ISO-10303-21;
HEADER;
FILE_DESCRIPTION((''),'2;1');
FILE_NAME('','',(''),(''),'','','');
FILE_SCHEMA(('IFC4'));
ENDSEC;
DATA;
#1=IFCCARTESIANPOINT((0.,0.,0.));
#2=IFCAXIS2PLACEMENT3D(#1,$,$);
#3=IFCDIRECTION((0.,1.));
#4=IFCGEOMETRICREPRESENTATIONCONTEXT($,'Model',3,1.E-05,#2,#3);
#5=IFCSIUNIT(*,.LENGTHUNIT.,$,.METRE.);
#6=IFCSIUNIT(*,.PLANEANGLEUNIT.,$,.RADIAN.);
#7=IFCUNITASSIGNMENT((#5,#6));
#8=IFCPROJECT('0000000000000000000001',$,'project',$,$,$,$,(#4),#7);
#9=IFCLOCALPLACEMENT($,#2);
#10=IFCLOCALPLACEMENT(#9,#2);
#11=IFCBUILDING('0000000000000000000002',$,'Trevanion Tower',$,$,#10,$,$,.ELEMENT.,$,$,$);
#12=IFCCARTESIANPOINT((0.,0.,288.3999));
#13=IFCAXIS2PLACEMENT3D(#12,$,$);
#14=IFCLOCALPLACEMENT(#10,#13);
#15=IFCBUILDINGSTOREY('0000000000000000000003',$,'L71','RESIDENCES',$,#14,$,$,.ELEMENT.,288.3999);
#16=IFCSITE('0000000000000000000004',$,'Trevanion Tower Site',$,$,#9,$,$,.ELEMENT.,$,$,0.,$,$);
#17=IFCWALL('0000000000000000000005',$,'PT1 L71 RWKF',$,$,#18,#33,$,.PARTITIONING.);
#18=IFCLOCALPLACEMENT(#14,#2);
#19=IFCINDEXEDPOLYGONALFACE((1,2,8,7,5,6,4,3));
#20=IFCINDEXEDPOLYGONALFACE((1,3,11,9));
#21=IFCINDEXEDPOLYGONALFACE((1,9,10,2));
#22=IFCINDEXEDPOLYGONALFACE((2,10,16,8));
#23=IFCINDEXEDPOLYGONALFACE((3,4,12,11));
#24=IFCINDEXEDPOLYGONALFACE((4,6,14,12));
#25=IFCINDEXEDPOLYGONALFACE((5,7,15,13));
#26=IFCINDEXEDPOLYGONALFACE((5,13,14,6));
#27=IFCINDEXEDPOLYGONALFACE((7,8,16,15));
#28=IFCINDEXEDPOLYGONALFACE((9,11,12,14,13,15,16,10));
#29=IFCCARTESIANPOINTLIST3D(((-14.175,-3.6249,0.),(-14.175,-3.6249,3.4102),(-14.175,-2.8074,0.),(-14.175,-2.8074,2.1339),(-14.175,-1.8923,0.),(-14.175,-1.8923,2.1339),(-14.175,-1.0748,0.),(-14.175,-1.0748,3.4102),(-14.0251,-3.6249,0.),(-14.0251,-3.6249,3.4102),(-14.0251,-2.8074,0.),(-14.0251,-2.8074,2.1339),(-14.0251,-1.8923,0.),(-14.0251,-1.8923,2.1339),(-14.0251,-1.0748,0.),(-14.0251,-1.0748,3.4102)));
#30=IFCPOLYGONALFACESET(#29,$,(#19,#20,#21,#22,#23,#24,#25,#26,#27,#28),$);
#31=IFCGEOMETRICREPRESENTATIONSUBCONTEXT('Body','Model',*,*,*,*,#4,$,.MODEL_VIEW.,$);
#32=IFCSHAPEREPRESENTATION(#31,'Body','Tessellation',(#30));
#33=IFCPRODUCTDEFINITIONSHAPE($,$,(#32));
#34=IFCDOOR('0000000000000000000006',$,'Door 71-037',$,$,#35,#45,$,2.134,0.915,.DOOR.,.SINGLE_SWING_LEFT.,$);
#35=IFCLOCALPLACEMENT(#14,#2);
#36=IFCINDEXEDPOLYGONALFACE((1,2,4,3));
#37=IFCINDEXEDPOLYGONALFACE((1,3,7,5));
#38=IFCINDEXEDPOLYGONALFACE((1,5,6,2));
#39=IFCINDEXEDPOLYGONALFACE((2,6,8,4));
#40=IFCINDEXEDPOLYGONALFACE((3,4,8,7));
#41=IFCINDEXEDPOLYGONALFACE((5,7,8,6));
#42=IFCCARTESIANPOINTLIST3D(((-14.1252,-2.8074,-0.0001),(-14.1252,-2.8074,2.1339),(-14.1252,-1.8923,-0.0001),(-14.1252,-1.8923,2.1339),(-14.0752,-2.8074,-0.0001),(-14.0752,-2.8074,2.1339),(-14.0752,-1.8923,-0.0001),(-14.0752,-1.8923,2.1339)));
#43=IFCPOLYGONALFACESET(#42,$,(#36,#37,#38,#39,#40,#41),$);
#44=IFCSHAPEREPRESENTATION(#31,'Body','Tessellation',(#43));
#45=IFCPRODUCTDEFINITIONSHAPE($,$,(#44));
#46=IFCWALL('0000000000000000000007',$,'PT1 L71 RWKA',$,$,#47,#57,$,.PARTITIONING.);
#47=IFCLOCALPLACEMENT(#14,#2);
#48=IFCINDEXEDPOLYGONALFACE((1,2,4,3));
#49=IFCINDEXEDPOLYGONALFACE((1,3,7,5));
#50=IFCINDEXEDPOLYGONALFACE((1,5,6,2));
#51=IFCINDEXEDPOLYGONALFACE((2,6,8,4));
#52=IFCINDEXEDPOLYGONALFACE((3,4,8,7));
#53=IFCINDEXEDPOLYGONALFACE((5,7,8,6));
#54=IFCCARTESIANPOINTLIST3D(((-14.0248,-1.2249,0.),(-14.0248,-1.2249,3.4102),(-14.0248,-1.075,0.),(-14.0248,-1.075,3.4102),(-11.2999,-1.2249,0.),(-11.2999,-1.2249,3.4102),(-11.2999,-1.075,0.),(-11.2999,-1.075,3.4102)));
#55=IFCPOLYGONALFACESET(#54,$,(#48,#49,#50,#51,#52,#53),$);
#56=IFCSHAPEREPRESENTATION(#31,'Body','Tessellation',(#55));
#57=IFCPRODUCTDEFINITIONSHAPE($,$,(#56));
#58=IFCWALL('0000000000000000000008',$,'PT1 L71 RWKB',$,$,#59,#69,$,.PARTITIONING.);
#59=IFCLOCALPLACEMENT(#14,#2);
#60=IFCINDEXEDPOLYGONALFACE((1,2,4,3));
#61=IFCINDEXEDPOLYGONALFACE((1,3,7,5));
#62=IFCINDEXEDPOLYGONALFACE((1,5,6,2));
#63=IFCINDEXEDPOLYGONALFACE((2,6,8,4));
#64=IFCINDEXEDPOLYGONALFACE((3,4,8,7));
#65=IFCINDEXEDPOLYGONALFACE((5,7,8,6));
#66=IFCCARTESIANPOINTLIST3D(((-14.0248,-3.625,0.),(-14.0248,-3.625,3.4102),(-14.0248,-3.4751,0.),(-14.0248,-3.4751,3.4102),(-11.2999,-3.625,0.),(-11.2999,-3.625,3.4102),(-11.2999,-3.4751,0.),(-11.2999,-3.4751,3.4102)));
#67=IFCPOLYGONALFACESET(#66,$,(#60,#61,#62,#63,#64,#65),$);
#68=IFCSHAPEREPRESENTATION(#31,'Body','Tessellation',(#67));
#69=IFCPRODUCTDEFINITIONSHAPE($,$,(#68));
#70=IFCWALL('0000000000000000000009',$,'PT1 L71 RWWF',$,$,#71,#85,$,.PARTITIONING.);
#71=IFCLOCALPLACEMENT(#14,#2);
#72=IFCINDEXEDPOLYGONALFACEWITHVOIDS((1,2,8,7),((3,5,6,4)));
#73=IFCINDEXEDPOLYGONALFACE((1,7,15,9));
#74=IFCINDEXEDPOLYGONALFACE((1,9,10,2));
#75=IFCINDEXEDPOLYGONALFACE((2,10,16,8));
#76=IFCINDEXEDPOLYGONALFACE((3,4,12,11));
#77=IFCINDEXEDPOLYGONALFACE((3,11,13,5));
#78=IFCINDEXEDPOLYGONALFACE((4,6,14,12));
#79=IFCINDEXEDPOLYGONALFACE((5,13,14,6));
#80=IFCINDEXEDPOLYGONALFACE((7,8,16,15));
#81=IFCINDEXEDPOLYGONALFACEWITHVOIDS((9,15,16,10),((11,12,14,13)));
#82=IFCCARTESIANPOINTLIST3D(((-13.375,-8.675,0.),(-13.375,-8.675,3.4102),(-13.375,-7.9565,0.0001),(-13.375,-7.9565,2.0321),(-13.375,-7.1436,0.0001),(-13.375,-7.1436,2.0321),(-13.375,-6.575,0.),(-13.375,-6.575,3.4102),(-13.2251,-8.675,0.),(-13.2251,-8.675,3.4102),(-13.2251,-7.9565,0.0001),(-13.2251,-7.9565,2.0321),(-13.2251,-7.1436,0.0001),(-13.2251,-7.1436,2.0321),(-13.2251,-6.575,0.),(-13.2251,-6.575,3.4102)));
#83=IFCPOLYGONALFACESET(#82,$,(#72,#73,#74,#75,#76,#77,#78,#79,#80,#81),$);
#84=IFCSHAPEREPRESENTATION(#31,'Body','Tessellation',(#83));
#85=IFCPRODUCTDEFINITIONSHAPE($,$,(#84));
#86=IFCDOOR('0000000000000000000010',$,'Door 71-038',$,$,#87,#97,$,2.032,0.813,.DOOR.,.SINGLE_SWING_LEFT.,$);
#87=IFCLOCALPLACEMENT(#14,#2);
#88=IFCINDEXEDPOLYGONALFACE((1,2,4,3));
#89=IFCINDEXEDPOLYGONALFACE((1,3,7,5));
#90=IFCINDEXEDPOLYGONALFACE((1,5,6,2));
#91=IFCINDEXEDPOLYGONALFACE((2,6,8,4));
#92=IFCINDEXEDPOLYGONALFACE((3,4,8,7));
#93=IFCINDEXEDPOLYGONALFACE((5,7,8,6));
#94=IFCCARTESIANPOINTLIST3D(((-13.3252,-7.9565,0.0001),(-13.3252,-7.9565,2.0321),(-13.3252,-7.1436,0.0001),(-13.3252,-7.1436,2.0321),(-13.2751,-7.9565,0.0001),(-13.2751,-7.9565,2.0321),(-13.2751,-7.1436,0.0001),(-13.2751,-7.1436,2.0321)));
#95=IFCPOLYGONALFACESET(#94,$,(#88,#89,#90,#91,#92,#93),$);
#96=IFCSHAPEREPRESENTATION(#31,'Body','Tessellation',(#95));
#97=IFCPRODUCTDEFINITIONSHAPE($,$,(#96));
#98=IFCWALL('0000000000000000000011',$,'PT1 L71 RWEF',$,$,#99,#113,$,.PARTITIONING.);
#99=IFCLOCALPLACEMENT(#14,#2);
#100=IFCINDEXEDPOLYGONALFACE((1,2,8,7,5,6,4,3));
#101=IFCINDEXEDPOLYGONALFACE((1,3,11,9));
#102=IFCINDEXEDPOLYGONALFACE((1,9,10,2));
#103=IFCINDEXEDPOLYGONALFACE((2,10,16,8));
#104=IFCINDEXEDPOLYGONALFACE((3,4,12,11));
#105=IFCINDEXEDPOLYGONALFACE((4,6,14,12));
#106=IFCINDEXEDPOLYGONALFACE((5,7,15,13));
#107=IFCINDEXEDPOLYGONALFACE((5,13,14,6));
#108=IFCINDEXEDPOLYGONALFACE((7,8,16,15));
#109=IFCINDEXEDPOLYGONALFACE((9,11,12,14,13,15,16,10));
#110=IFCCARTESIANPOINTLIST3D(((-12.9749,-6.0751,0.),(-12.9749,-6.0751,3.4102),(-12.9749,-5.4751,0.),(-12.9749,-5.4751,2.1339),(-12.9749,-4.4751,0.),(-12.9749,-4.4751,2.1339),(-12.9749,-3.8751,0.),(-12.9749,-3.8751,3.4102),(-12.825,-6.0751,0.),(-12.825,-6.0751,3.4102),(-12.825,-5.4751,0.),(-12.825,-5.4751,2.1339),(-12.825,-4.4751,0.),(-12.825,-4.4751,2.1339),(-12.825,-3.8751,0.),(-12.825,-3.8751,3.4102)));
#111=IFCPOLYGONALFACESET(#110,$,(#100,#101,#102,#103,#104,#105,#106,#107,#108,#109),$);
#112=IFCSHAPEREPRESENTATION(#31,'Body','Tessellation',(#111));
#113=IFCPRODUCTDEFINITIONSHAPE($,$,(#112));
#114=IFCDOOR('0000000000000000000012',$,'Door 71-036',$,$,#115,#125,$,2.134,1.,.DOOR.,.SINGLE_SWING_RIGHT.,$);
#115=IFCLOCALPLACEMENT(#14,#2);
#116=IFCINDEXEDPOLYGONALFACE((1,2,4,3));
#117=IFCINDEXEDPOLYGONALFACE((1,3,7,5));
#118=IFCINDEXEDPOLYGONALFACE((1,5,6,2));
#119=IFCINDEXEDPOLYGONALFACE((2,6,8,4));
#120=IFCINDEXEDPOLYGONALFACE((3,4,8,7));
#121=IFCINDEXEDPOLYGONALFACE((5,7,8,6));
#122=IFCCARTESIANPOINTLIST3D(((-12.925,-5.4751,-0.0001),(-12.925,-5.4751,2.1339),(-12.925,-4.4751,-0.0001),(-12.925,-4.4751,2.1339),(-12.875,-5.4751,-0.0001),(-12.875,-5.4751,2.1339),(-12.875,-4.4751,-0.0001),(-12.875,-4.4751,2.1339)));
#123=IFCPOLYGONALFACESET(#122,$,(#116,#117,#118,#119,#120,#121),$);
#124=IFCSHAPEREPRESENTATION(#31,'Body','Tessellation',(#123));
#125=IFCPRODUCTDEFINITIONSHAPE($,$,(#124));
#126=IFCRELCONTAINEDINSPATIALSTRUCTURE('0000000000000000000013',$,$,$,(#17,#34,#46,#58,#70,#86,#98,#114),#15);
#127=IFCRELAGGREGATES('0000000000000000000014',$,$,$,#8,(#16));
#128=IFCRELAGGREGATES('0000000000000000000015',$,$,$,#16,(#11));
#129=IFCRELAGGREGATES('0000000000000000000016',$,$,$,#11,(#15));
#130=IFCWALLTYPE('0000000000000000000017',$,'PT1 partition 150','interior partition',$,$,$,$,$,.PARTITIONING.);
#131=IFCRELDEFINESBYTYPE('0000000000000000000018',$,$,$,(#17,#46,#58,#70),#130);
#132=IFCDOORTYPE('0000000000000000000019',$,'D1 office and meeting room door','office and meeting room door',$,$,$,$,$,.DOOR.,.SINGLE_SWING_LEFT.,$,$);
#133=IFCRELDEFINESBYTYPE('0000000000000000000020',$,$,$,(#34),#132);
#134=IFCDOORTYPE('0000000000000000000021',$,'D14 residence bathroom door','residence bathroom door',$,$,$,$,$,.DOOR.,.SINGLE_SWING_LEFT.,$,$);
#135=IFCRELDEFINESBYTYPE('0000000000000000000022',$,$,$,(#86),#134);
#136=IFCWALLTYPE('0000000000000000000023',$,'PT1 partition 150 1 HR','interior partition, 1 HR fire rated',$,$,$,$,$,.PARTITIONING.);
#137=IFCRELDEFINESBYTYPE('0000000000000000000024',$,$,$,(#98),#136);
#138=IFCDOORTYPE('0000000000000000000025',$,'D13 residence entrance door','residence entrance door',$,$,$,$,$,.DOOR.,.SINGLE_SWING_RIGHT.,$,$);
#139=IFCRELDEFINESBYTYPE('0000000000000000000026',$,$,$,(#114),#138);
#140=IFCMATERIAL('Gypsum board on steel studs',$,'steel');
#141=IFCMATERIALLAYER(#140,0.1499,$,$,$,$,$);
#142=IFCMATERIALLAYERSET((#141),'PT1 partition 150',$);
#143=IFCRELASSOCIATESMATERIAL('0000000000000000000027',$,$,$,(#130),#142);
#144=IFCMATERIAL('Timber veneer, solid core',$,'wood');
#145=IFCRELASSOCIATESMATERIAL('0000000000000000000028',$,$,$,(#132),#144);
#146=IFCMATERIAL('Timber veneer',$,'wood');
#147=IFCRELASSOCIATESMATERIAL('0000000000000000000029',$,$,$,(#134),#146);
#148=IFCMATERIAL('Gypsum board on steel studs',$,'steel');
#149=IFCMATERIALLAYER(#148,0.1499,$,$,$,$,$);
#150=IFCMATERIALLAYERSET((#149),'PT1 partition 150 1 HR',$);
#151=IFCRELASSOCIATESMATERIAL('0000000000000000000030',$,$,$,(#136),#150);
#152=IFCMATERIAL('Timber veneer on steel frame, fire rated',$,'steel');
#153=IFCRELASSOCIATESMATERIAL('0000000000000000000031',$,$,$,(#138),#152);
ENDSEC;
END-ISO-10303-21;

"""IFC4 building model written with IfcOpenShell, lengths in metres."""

from ifc_helpers import new_model, si_unit, direction, frame, frame_2d, origin, place, context, subcontext, project, spatial, rectangle, extrude, material, layer, layer_set, type_object, element, fill, save


model = new_model("IFC4")

# Units and contexts
model_context = context("Model", 3, precision=1e-05, world=origin(), true_north=direction((0.0, 1.0)))
body_context = subcontext(model_context, "Body", "Model", "MODEL_VIEW")
ifc_project = project(units=[si_unit("LENGTHUNIT", "METRE"), si_unit("PLANEANGLEUNIT", "RADIAN")], contexts=[model_context])

# Site, building, storey
site_placement = place(None, origin())
site = spatial("IfcSite", under=ifc_project, at=site_placement, Name="Trevanion Tower Site", CompositionType="ELEMENT", RefElevation=0.0)
building_placement = place(site_placement, origin())
building = spatial("IfcBuilding", under=site, at=building_placement, Name="Trevanion Tower", CompositionType="ELEMENT")
storey_placement = place(building_placement, frame((0.0, 0.0, 288.3999)))
storey = spatial("IfcBuildingStorey", under=building, at=storey_placement, Name="L71", Description="RESIDENCES", CompositionType="ELEMENT", Elevation=288.3999)

# Shared definitions
ifc_material_1 = material(Name="Gypsum board on steel studs", Category="steel")
ifc_layer_1 = layer(ifc_material_1, 0.1499)
ifc_layer_set_1 = layer_set([ifc_layer_1], Name="PT1 partition 150")
wall_type_1 = type_object("IfcWallType", Name="PT1 partition 150", Description="interior partition", PredefinedType="PARTITIONING", material=ifc_layer_set_1)
ifc_material_2 = material(Name="Timber veneer, solid core", Category="wood")
door_type_1 = type_object("IfcDoorType", Name="D1 office and meeting room door", Description="office and meeting room door", OperationType="SINGLE_SWING_LEFT", PredefinedType="DOOR", material=ifc_material_2)

# Wall, opening, door
wall_1_placement = place(storey_placement, frame((-14.1001, -1.075, 0.0), z_axis=(0.0, 0.0, 1.0), x_axis=(0.0, -1.0, 0.0)))
wall_1 = element("IfcWall", 1, at=wall_1_placement, inside=storey, type_object=wall_type_1, Name="PT1 L71 RWKF", PredefinedType="PARTITIONING", context=body_context, shape_type="SweptSolid", body=[
    extrude(rectangle(XDim=2.55, YDim=0.1499, at=frame_2d((1.2749, 0.0))), origin(), (0.0, 0.0, 1.0), 3.4102),
])
opening_1_placement = place(wall_1_placement, frame((0.8174, 0.0, 0.0)))
opening_1 = element("IfcOpeningElement", 2, at=opening_1_placement, cuts=wall_1, PredefinedType="OPENING", context=body_context, shape_type="SweptSolid", body=[
    extrude(rectangle(XDim=0.915, YDim=2.134, at=frame_2d((0.4575, 1.0669))), frame((0.0, 0.085, 0.0), z_axis=(0.0, -1.0, 0.0), x_axis=(1.0, 0.0, 0.0)), (0.0, 0.0, 1.0), 0.1699),
])
door_1_placement = place(opening_1_placement, origin())
door_1 = element("IfcDoor", 3, at=door_1_placement, inside=storey, type_object=door_type_1, Name="Door 71-037", OperationType="SINGLE_SWING_LEFT", OverallHeight=2.134, OverallWidth=0.915, PredefinedType="DOOR", context=body_context, shape_type="SweptSolid", body=[
    extrude(rectangle(XDim=0.915, YDim=2.134, at=frame_2d((0.4575, 1.0669))), frame((0.0, 0.0249, 0.0), z_axis=(0.0, -1.0, 0.0), x_axis=(1.0, 0.0, 0.0)), (0.0, 0.0, 1.0), 0.05),
])
fill(opening_1, door_1)

# Walls
for number, where, z_axis, x_axis, name in (
    (4, (-11.3, -1.1499, 0.0), (0.0, 0.0, 1.0), (-1.0, 0.0, 0.0), "PT1 L71 RWKA"),
    (5, (-11.3, -3.55, 0.0), (0.0, 0.0, 1.0), (-1.0, 0.0, 0.0), "PT1 L71 RWKB"),
):
    element("IfcWall", number, at=place(storey_placement, frame(where, z_axis=z_axis, x_axis=x_axis)), inside=storey, type_object=wall_type_1, Name=name, PredefinedType="PARTITIONING", context=body_context, shape_type="SweptSolid", body=[
        extrude(rectangle(XDim=2.7249, YDim=0.1499, at=frame_2d((1.3623, 0.0))), origin(), (0.0, 0.0, 1.0), 3.4102),
    ])

# Walls, openings, doors
wall_2_placement = place(storey_placement, frame((-13.3, -6.575, 0.0), z_axis=(0.0, 0.0, 1.0), x_axis=(0.0, -1.0, 0.0)))
wall_2 = element("IfcWall", 6, at=wall_2_placement, inside=storey, type_object=wall_type_1, Name="PT1 L71 RWWF", PredefinedType="PARTITIONING", context=body_context, shape_type="SweptSolid", body=[
    extrude(rectangle(XDim=2.1001, YDim=0.1499, at=frame_2d((1.05, 0.0))), origin(), (0.0, 0.0, 1.0), 3.4102),
])
opening_2_placement = place(wall_2_placement, frame((0.5686, 0.0, 0.0)))
opening_2 = element("IfcOpeningElement", 7, at=opening_2_placement, cuts=wall_2, PredefinedType="OPENING", context=body_context, shape_type="SweptSolid", body=[
    extrude(rectangle(XDim=0.813, YDim=2.032, at=frame_2d((0.4065, 1.0161))), frame((0.0, 0.085, 0.0), z_axis=(0.0, -1.0, 0.0), x_axis=(1.0, 0.0, 0.0)), (0.0, 0.0, 1.0), 0.1699),
])
ifc_material_3 = material(Name="Timber veneer", Category="wood")
door_type_2 = type_object("IfcDoorType", Name="D14 residence bathroom door", Description="residence bathroom door", OperationType="SINGLE_SWING_LEFT", PredefinedType="DOOR", material=ifc_material_3)
door_2_placement = place(opening_2_placement, origin())
door_2 = element("IfcDoor", 8, at=door_2_placement, inside=storey, type_object=door_type_2, Name="Door 71-038", OperationType="SINGLE_SWING_LEFT", OverallHeight=2.032, OverallWidth=0.813, PredefinedType="DOOR", context=body_context, shape_type="SweptSolid", body=[
    extrude(rectangle(XDim=0.813, YDim=2.032, at=frame_2d((0.4065, 1.0161))), frame((0.0, 0.0249, 0.0), z_axis=(0.0, -1.0, 0.0), x_axis=(1.0, 0.0, 0.0)), (0.0, 0.0, 1.0), 0.05),
])
fill(opening_2, door_2)
ifc_material_4 = material(Name="Gypsum board on steel studs", Category="steel")
ifc_layer_2 = layer(ifc_material_4, 0.1499)
ifc_layer_set_2 = layer_set([ifc_layer_2], Name="PT1 partition 150 1 HR")
wall_type_2 = type_object("IfcWallType", Name="PT1 partition 150 1 HR", Description="interior partition, 1 HR fire rated", PredefinedType="PARTITIONING", material=ifc_layer_set_2)
wall_3_placement = place(storey_placement, frame((-12.8999, -3.875, 0.0), z_axis=(0.0, 0.0, 1.0), x_axis=(0.0, -1.0, 0.0)))
wall_3 = element("IfcWall", 9, at=wall_3_placement, inside=storey, type_object=wall_type_2, Name="PT1 L71 RWEF", PredefinedType="PARTITIONING", context=body_context, shape_type="SweptSolid", body=[
    extrude(rectangle(XDim=2.2, YDim=0.1499, at=frame_2d((1.1001, 0.0))), origin(), (0.0, 0.0, 1.0), 3.4102),
])
opening_3_placement = place(wall_3_placement, frame((0.6001, 0.0, 0.0)))
opening_3 = element("IfcOpeningElement", 10, at=opening_3_placement, cuts=wall_3, PredefinedType="OPENING", context=body_context, shape_type="SweptSolid", body=[
    extrude(rectangle(XDim=1.0, YDim=2.134, at=frame_2d((0.5, 1.0669))), frame((0.0, 0.085, 0.0), z_axis=(0.0, -1.0, 0.0), x_axis=(1.0, 0.0, 0.0)), (0.0, 0.0, 1.0), 0.1699),
])
ifc_material_5 = material(Name="Timber veneer on steel frame, fire rated", Category="steel")
door_type_3 = type_object("IfcDoorType", Name="D13 residence entrance door", Description="residence entrance door", OperationType="SINGLE_SWING_RIGHT", PredefinedType="DOOR", material=ifc_material_5)
door_3_placement = place(opening_3_placement, origin())
door_3 = element("IfcDoor", 11, at=door_3_placement, inside=storey, type_object=door_type_3, Name="Door 71-036", OperationType="SINGLE_SWING_RIGHT", OverallHeight=2.134, OverallWidth=1.0, PredefinedType="DOOR", context=body_context, shape_type="SweptSolid", body=[
    extrude(rectangle(XDim=1.0, YDim=2.134, at=frame_2d((0.5, 1.0669))), frame((0.0, 0.0249, 0.0), z_axis=(0.0, -1.0, 0.0), x_axis=(1.0, 0.0, 0.0)), (0.0, 0.0, 1.0), 0.05),
])
fill(opening_3, door_3)

save(model, "model.ifc")
